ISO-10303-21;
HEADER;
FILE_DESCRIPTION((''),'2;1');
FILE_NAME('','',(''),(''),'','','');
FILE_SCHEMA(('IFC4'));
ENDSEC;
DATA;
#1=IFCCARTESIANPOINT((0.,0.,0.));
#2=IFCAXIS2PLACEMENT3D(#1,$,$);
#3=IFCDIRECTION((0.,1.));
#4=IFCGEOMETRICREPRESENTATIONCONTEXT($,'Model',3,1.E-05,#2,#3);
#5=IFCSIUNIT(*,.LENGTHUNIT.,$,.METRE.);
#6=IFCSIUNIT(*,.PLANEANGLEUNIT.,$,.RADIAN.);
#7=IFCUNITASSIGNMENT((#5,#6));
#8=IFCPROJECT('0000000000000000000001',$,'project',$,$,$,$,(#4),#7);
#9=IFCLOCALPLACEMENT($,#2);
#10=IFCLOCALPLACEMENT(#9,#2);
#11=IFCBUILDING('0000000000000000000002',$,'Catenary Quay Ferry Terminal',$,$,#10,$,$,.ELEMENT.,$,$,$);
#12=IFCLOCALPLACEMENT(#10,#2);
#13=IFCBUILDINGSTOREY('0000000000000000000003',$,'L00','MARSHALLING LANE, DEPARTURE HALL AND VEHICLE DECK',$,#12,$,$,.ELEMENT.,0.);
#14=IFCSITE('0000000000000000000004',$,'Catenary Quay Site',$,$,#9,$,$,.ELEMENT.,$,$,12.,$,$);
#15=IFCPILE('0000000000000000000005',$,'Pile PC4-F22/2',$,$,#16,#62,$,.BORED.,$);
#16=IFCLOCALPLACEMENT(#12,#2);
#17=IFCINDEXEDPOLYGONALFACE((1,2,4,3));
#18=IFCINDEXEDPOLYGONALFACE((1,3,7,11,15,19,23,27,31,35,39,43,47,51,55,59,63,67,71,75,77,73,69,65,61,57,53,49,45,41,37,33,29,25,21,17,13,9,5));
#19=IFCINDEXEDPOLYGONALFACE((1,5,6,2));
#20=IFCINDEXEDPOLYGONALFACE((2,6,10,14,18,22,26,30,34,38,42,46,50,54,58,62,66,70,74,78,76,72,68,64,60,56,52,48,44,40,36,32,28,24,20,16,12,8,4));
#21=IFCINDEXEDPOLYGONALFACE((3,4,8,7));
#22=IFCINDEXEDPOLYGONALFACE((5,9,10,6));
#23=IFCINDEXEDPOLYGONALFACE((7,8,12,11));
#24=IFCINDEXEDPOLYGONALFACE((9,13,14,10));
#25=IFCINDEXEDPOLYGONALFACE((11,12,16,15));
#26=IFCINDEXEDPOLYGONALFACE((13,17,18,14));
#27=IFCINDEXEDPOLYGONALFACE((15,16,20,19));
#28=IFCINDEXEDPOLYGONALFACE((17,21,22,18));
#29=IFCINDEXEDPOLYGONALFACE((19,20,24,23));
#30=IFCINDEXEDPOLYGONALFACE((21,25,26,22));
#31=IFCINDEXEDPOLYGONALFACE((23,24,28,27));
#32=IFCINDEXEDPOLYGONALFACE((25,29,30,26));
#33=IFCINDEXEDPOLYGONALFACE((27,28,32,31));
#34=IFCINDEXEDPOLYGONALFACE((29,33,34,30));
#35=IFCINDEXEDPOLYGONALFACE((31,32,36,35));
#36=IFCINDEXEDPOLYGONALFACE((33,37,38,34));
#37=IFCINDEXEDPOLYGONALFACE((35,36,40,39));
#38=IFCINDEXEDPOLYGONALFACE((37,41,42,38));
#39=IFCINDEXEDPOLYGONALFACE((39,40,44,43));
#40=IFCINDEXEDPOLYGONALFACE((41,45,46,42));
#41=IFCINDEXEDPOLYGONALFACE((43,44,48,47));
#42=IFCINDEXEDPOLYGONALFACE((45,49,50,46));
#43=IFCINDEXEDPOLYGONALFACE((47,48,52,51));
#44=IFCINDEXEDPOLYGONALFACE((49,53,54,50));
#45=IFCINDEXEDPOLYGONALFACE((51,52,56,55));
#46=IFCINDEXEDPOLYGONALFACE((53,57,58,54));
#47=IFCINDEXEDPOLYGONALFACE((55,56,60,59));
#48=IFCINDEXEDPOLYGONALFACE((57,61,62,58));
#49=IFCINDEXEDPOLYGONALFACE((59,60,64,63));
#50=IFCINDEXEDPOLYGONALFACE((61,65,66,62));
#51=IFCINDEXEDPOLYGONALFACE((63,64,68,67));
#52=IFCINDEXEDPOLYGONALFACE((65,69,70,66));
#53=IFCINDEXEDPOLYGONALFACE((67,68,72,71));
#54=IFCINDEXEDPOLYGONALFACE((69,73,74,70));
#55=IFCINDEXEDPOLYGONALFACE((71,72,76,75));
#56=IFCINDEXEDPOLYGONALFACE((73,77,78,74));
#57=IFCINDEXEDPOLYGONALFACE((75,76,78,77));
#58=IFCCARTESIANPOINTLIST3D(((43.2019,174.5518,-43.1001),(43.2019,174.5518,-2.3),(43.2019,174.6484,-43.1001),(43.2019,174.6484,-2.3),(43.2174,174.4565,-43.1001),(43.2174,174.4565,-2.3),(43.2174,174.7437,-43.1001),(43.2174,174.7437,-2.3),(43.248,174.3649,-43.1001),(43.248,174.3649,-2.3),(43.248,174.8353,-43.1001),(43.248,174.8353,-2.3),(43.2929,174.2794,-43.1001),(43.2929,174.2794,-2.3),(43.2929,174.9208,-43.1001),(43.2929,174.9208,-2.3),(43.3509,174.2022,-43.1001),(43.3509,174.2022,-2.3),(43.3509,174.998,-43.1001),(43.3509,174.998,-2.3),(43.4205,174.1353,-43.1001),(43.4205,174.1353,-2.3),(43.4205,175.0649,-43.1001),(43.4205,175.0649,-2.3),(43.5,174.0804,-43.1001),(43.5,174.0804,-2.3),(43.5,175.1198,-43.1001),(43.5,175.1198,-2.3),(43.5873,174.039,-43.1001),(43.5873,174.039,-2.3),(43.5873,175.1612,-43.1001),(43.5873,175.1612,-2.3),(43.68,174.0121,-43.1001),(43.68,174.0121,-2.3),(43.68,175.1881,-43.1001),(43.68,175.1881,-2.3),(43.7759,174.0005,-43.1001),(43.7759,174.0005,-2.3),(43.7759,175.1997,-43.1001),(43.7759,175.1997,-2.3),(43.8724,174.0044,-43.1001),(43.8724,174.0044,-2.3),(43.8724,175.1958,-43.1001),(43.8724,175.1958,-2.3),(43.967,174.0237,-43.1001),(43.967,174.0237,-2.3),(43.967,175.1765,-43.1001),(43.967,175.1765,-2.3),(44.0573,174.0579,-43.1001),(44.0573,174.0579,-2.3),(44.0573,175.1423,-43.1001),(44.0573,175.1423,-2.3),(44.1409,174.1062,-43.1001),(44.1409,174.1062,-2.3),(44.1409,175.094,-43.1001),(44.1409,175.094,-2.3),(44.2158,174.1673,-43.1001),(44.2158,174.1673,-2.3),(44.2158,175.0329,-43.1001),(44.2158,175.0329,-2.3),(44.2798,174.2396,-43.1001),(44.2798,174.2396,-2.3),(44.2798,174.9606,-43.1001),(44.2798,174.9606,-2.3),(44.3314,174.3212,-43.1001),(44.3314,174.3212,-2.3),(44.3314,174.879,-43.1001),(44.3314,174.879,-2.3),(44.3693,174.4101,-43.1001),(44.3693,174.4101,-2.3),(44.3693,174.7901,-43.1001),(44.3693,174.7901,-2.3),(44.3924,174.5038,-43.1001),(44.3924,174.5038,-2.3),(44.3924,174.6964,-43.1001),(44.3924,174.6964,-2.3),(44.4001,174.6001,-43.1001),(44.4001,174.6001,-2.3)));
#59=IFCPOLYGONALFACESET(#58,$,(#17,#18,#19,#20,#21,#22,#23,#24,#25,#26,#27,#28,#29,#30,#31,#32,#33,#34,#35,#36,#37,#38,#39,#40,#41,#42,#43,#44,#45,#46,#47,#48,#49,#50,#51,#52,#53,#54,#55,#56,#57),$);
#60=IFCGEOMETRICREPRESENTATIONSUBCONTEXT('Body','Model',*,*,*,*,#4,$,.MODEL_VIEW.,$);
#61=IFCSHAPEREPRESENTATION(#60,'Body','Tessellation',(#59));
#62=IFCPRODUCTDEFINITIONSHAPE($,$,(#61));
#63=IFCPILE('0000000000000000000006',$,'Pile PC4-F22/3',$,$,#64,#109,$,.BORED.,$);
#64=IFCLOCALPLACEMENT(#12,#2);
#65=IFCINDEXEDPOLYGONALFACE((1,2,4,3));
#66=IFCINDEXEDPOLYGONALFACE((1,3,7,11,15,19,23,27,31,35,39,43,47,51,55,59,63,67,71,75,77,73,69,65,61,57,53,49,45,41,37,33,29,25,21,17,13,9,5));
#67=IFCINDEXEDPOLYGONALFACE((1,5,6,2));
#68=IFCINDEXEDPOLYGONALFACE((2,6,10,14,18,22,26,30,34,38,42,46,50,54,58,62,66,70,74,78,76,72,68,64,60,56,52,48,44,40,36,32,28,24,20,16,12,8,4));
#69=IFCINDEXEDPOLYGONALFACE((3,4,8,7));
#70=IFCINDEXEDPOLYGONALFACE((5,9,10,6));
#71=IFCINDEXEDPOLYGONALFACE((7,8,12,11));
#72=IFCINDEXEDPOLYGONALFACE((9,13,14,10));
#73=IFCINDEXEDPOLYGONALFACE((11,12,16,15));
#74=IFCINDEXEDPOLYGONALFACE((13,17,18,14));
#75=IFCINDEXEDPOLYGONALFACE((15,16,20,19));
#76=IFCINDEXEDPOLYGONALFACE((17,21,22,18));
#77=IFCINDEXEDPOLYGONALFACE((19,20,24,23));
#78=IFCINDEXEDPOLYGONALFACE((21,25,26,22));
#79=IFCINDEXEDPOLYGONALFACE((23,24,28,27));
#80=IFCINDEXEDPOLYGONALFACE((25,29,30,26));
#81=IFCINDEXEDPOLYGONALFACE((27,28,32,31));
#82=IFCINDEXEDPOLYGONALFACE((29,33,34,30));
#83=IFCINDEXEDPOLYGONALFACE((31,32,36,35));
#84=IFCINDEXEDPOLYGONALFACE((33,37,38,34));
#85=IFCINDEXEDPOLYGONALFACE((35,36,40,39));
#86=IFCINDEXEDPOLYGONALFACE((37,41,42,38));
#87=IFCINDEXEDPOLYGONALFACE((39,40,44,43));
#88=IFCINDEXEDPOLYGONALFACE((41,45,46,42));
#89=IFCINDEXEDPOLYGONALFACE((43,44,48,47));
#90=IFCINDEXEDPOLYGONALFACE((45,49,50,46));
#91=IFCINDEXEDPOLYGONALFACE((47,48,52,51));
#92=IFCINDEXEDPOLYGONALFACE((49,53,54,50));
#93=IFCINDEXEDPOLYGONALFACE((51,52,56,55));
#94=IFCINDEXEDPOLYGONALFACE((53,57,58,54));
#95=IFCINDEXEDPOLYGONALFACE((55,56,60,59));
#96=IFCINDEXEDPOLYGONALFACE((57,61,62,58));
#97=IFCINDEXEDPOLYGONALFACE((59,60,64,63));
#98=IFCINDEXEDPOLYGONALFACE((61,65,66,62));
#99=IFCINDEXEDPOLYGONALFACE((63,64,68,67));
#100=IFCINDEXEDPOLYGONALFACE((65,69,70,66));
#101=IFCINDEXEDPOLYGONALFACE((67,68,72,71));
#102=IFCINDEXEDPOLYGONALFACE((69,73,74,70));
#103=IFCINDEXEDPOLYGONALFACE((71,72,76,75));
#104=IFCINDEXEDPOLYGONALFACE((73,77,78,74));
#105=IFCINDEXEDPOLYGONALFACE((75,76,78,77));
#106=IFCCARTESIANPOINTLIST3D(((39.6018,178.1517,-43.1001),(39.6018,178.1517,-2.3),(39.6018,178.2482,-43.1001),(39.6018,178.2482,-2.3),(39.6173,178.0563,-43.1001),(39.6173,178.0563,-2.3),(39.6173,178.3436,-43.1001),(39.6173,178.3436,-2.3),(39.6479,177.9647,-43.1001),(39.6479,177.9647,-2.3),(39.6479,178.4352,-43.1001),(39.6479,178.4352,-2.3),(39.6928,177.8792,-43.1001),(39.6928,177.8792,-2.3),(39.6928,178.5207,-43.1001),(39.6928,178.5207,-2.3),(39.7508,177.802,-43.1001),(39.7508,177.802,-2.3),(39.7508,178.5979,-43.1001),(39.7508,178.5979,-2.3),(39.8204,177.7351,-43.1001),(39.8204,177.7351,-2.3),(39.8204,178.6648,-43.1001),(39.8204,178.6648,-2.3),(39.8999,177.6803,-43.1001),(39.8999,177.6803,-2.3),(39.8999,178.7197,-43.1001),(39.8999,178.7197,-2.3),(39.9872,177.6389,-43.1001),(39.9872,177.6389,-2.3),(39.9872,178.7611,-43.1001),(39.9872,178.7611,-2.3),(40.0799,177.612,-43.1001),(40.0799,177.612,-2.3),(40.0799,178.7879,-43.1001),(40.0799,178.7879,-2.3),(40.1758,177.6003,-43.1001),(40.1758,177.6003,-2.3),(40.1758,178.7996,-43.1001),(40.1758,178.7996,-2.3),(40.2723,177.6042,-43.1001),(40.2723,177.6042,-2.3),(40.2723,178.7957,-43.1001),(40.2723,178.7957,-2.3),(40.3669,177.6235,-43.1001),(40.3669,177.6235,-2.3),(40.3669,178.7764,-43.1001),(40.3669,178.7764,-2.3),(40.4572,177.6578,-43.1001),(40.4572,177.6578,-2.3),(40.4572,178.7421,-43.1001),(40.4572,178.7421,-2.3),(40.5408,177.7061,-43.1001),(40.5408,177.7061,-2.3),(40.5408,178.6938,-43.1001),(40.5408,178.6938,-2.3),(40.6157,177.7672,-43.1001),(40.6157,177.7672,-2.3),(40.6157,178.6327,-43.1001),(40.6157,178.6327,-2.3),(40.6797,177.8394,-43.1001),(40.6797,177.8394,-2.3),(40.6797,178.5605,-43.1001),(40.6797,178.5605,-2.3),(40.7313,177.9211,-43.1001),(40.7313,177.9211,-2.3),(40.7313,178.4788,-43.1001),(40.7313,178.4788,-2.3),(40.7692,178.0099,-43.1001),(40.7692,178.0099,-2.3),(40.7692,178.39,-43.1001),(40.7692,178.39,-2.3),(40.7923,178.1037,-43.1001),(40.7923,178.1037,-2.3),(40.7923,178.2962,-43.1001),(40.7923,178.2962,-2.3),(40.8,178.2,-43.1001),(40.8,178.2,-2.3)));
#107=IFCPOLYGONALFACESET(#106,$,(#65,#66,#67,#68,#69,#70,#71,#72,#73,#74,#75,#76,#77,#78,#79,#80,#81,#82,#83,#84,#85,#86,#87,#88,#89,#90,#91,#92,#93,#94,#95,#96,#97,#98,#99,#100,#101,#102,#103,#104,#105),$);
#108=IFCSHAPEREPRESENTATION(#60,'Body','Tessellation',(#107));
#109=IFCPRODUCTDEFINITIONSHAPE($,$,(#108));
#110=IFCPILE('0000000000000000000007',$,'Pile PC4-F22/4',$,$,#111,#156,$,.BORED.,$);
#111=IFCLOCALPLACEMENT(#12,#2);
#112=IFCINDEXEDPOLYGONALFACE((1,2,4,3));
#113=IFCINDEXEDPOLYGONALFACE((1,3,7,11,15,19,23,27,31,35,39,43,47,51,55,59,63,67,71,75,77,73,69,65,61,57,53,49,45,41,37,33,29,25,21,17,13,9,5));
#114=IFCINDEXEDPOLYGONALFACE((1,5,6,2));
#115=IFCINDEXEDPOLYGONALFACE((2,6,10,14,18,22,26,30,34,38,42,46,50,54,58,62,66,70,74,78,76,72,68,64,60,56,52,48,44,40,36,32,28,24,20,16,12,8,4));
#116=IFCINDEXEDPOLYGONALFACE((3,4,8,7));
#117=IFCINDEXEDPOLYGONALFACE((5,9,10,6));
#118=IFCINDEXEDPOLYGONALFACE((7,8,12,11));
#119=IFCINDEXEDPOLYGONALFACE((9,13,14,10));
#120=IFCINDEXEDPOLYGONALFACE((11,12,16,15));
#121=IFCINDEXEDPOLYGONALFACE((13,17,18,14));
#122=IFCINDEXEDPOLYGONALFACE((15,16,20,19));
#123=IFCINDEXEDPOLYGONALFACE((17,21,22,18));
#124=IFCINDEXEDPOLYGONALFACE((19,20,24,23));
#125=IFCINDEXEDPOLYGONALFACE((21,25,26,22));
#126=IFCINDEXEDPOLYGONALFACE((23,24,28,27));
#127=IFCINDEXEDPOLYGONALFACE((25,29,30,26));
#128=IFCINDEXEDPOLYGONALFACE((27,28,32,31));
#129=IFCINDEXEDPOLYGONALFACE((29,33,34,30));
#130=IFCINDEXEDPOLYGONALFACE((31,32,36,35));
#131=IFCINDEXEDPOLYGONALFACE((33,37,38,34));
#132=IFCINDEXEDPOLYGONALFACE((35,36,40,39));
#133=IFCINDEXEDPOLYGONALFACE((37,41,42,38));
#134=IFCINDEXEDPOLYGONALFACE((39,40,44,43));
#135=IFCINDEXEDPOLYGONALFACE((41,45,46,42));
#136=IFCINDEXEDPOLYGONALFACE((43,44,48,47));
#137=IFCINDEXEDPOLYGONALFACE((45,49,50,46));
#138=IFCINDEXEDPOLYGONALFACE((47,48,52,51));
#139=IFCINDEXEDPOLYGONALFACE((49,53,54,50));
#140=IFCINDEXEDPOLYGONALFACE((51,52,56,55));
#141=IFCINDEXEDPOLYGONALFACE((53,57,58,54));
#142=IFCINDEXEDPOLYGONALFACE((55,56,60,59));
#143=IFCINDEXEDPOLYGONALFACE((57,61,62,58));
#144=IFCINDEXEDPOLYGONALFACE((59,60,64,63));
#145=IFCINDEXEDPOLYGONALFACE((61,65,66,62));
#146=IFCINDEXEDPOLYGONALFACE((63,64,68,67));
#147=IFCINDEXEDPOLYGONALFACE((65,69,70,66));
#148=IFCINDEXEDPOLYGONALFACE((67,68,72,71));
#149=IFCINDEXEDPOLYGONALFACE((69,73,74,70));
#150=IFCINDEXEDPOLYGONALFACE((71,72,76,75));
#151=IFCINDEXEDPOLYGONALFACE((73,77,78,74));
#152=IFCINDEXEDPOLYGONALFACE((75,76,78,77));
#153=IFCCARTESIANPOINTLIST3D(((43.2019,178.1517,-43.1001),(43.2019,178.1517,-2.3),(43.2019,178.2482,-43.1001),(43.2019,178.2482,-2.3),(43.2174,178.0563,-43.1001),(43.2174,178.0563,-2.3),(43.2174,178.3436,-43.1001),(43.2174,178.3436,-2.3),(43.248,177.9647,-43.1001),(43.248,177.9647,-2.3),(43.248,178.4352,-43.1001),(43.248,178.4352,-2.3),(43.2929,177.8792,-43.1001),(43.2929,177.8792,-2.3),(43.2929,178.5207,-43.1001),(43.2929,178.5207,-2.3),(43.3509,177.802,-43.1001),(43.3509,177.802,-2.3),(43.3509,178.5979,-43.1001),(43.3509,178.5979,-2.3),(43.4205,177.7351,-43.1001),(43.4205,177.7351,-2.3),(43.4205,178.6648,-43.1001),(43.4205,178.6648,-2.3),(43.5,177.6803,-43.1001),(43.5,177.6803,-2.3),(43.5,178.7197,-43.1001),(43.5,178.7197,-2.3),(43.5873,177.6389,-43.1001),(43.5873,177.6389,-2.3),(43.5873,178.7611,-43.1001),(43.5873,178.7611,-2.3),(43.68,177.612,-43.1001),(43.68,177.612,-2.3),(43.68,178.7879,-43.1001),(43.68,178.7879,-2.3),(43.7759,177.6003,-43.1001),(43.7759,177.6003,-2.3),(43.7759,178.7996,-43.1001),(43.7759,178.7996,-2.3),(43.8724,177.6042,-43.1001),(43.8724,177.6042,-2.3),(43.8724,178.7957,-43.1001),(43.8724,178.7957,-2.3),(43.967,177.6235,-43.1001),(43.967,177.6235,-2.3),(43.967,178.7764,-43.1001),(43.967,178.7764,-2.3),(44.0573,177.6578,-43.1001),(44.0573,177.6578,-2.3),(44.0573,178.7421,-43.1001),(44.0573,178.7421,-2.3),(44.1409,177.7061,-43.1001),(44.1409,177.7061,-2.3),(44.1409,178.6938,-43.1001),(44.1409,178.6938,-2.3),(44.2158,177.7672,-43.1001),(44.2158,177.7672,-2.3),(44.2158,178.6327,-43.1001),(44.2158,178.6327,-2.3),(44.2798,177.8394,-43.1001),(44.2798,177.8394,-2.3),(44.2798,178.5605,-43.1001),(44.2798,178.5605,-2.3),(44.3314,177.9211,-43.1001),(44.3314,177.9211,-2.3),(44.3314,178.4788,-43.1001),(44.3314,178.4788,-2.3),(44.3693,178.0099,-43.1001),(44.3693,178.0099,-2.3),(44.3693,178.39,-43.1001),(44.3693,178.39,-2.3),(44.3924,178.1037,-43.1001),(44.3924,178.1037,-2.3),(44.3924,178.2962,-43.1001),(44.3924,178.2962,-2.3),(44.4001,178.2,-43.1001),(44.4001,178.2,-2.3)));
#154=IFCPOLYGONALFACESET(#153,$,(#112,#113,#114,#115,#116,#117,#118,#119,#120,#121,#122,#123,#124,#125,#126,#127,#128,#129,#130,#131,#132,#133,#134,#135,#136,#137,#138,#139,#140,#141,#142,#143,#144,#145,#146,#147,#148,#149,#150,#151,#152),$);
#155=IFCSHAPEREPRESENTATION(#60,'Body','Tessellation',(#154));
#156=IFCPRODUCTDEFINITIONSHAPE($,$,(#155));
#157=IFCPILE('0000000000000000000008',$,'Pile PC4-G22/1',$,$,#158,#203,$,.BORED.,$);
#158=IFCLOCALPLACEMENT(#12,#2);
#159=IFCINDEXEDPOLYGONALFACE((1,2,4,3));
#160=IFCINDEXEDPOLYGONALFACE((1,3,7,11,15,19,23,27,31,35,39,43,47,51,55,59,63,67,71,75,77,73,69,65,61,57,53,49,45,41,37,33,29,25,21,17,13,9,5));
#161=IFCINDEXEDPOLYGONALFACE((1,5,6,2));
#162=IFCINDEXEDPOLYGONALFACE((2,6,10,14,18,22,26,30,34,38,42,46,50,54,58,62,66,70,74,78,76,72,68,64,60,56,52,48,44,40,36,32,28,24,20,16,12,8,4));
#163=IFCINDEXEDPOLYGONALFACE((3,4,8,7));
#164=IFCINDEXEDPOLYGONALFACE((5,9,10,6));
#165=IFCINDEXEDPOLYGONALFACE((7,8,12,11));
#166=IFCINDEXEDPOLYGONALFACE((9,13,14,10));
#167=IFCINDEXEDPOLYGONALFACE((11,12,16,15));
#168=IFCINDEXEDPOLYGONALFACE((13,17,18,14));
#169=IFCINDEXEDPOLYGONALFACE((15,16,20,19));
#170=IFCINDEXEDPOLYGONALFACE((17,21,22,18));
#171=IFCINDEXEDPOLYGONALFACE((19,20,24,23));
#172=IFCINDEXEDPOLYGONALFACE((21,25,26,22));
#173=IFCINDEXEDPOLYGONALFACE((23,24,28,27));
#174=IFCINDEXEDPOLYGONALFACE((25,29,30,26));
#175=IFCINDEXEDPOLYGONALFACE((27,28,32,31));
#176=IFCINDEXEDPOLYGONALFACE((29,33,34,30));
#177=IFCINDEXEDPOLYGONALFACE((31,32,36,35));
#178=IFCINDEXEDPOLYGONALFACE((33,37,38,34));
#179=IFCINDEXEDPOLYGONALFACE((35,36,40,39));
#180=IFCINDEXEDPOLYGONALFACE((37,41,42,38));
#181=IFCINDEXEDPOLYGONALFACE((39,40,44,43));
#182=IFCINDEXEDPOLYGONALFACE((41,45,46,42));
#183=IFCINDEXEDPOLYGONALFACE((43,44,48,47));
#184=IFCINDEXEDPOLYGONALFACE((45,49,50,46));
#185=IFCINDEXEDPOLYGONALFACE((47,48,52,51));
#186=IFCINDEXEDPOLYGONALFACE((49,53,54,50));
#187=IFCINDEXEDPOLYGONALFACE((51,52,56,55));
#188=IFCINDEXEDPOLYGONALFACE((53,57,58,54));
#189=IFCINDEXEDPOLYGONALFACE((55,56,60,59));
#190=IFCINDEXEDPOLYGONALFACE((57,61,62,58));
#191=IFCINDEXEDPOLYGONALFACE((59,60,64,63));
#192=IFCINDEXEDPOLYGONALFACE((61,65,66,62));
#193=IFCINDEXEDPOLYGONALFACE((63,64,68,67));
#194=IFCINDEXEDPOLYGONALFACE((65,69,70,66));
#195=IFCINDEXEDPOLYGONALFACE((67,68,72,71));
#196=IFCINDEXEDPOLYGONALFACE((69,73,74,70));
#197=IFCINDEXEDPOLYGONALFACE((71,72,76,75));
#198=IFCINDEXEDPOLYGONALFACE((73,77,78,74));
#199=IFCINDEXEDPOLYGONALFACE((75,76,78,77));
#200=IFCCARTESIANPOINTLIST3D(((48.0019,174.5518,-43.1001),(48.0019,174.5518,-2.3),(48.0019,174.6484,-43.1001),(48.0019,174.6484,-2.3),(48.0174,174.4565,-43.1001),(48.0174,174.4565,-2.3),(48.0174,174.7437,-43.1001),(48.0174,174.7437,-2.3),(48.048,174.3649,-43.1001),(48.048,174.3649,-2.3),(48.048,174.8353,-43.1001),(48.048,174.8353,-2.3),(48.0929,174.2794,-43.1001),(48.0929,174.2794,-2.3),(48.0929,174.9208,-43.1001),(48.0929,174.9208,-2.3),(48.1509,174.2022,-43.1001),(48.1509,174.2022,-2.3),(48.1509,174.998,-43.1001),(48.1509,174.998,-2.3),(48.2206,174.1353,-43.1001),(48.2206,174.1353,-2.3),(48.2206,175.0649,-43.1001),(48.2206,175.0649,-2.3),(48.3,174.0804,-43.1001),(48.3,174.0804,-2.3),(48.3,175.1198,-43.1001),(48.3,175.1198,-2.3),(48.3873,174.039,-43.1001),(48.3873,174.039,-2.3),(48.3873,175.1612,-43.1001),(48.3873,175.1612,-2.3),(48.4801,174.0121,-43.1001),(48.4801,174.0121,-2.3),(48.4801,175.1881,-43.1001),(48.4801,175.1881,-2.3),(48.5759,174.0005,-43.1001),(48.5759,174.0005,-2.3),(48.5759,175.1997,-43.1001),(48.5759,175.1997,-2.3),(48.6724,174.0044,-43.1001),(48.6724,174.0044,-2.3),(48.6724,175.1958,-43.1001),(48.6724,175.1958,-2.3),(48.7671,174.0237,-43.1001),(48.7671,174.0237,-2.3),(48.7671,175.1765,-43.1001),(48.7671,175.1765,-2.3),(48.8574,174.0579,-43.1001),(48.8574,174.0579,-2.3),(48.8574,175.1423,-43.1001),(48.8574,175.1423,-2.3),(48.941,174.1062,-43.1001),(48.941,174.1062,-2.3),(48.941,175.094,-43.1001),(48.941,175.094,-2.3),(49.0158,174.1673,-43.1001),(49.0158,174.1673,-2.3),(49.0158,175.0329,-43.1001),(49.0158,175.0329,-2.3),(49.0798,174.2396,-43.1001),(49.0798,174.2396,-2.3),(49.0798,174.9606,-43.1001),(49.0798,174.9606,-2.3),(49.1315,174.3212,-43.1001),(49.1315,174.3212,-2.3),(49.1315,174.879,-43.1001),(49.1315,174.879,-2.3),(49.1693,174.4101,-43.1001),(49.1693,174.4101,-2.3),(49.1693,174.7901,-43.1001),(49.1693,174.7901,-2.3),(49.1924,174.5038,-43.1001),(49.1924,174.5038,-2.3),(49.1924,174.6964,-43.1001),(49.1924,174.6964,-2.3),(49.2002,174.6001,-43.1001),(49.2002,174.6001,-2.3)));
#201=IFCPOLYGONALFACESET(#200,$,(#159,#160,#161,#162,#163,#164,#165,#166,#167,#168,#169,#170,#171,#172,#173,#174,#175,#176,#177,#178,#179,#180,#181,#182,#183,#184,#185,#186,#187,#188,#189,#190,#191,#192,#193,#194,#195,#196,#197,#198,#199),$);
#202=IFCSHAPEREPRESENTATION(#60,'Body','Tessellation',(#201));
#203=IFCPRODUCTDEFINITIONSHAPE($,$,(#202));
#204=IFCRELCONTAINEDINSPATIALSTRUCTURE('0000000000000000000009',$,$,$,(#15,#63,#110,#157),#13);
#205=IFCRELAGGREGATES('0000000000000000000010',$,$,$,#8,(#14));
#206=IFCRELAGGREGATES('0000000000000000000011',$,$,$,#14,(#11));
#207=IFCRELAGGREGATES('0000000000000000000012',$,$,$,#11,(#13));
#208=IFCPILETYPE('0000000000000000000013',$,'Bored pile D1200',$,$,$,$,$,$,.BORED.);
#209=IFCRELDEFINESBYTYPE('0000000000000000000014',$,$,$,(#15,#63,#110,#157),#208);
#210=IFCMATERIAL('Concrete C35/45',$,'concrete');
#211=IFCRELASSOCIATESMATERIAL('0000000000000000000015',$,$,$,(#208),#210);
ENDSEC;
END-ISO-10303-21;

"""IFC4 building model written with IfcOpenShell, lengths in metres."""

from ifc_helpers import new_model, si_unit, direction, frame, origin, origin_2d, place, context, subcontext, project, spatial, circle, extrude, material, material_profile, profile_set, type_object, element, save


model = new_model("IFC4")

# Units and contexts
model_context = context("Model", 3, precision=1e-05, world=origin(), true_north=direction((0.0, 1.0)))
body_context = subcontext(model_context, "Body", "Model", "MODEL_VIEW")
ifc_project = project(units=[si_unit("LENGTHUNIT", "METRE"), si_unit("PLANEANGLEUNIT", "RADIAN")], contexts=[model_context])

# Site, building, storey
site_placement = place(None, origin())
site = spatial("IfcSite", under=ifc_project, at=site_placement, Name="Catenary Quay Site", CompositionType="ELEMENT", RefElevation=12.0)
building_placement = place(site_placement, origin())
building = spatial("IfcBuilding", under=site, at=building_placement, Name="Catenary Quay Ferry Terminal", CompositionType="ELEMENT")
storey_placement = place(building_placement, origin())
storey = spatial("IfcBuildingStorey", under=building, at=storey_placement, Name="L00", Description="MARSHALLING LANE, DEPARTURE HALL AND VEHICLE DECK", CompositionType="ELEMENT", Elevation=0.0)

# Piles
ifc_material_1 = material(Name="Concrete C35/45", Category="concrete")
ifc_material_profile_1 = material_profile(ifc_material_1, circle(Radius=0.6001, at=origin_2d()), Name="D1200")
ifc_profile_set_1 = profile_set([ifc_material_profile_1], Name="Concrete C35/45")
pile_type = type_object("IfcPileType", Name="Bored pile D1200", PredefinedType="BORED", material=ifc_profile_set_1)
for number, where, z_axis, x_axis, name in (
    (1, (43.8, 174.6001, -2.3), (0.0, 0.0, -1.0), (1.0, 0.0, 0.0), "Pile PC4-F22/2"),
    (2, (40.2, 178.2, -2.3), (0.0, 0.0, -1.0), (1.0, 0.0, 0.0), "Pile PC4-F22/3"),
    (3, (43.8, 178.2, -2.3), (0.0, 0.0, -1.0), (1.0, 0.0, 0.0), "Pile PC4-F22/4"),
    (4, (48.6001, 174.6001, -2.3), (0.0, 0.0, -1.0), (1.0, 0.0, 0.0), "Pile PC4-G22/1"),
):
    element("IfcPile", number, at=place(storey_placement, frame(where, z_axis=z_axis, x_axis=x_axis)), inside=storey, type_object=pile_type, Name=name, PredefinedType="BORED", context=body_context, shape_type="SweptSolid", body=[
        extrude(circle(Radius=0.6001, at=origin_2d()), origin(), (0.0, 0.0, 1.0), 40.8),
    ])

save(model, "model.ifc")
